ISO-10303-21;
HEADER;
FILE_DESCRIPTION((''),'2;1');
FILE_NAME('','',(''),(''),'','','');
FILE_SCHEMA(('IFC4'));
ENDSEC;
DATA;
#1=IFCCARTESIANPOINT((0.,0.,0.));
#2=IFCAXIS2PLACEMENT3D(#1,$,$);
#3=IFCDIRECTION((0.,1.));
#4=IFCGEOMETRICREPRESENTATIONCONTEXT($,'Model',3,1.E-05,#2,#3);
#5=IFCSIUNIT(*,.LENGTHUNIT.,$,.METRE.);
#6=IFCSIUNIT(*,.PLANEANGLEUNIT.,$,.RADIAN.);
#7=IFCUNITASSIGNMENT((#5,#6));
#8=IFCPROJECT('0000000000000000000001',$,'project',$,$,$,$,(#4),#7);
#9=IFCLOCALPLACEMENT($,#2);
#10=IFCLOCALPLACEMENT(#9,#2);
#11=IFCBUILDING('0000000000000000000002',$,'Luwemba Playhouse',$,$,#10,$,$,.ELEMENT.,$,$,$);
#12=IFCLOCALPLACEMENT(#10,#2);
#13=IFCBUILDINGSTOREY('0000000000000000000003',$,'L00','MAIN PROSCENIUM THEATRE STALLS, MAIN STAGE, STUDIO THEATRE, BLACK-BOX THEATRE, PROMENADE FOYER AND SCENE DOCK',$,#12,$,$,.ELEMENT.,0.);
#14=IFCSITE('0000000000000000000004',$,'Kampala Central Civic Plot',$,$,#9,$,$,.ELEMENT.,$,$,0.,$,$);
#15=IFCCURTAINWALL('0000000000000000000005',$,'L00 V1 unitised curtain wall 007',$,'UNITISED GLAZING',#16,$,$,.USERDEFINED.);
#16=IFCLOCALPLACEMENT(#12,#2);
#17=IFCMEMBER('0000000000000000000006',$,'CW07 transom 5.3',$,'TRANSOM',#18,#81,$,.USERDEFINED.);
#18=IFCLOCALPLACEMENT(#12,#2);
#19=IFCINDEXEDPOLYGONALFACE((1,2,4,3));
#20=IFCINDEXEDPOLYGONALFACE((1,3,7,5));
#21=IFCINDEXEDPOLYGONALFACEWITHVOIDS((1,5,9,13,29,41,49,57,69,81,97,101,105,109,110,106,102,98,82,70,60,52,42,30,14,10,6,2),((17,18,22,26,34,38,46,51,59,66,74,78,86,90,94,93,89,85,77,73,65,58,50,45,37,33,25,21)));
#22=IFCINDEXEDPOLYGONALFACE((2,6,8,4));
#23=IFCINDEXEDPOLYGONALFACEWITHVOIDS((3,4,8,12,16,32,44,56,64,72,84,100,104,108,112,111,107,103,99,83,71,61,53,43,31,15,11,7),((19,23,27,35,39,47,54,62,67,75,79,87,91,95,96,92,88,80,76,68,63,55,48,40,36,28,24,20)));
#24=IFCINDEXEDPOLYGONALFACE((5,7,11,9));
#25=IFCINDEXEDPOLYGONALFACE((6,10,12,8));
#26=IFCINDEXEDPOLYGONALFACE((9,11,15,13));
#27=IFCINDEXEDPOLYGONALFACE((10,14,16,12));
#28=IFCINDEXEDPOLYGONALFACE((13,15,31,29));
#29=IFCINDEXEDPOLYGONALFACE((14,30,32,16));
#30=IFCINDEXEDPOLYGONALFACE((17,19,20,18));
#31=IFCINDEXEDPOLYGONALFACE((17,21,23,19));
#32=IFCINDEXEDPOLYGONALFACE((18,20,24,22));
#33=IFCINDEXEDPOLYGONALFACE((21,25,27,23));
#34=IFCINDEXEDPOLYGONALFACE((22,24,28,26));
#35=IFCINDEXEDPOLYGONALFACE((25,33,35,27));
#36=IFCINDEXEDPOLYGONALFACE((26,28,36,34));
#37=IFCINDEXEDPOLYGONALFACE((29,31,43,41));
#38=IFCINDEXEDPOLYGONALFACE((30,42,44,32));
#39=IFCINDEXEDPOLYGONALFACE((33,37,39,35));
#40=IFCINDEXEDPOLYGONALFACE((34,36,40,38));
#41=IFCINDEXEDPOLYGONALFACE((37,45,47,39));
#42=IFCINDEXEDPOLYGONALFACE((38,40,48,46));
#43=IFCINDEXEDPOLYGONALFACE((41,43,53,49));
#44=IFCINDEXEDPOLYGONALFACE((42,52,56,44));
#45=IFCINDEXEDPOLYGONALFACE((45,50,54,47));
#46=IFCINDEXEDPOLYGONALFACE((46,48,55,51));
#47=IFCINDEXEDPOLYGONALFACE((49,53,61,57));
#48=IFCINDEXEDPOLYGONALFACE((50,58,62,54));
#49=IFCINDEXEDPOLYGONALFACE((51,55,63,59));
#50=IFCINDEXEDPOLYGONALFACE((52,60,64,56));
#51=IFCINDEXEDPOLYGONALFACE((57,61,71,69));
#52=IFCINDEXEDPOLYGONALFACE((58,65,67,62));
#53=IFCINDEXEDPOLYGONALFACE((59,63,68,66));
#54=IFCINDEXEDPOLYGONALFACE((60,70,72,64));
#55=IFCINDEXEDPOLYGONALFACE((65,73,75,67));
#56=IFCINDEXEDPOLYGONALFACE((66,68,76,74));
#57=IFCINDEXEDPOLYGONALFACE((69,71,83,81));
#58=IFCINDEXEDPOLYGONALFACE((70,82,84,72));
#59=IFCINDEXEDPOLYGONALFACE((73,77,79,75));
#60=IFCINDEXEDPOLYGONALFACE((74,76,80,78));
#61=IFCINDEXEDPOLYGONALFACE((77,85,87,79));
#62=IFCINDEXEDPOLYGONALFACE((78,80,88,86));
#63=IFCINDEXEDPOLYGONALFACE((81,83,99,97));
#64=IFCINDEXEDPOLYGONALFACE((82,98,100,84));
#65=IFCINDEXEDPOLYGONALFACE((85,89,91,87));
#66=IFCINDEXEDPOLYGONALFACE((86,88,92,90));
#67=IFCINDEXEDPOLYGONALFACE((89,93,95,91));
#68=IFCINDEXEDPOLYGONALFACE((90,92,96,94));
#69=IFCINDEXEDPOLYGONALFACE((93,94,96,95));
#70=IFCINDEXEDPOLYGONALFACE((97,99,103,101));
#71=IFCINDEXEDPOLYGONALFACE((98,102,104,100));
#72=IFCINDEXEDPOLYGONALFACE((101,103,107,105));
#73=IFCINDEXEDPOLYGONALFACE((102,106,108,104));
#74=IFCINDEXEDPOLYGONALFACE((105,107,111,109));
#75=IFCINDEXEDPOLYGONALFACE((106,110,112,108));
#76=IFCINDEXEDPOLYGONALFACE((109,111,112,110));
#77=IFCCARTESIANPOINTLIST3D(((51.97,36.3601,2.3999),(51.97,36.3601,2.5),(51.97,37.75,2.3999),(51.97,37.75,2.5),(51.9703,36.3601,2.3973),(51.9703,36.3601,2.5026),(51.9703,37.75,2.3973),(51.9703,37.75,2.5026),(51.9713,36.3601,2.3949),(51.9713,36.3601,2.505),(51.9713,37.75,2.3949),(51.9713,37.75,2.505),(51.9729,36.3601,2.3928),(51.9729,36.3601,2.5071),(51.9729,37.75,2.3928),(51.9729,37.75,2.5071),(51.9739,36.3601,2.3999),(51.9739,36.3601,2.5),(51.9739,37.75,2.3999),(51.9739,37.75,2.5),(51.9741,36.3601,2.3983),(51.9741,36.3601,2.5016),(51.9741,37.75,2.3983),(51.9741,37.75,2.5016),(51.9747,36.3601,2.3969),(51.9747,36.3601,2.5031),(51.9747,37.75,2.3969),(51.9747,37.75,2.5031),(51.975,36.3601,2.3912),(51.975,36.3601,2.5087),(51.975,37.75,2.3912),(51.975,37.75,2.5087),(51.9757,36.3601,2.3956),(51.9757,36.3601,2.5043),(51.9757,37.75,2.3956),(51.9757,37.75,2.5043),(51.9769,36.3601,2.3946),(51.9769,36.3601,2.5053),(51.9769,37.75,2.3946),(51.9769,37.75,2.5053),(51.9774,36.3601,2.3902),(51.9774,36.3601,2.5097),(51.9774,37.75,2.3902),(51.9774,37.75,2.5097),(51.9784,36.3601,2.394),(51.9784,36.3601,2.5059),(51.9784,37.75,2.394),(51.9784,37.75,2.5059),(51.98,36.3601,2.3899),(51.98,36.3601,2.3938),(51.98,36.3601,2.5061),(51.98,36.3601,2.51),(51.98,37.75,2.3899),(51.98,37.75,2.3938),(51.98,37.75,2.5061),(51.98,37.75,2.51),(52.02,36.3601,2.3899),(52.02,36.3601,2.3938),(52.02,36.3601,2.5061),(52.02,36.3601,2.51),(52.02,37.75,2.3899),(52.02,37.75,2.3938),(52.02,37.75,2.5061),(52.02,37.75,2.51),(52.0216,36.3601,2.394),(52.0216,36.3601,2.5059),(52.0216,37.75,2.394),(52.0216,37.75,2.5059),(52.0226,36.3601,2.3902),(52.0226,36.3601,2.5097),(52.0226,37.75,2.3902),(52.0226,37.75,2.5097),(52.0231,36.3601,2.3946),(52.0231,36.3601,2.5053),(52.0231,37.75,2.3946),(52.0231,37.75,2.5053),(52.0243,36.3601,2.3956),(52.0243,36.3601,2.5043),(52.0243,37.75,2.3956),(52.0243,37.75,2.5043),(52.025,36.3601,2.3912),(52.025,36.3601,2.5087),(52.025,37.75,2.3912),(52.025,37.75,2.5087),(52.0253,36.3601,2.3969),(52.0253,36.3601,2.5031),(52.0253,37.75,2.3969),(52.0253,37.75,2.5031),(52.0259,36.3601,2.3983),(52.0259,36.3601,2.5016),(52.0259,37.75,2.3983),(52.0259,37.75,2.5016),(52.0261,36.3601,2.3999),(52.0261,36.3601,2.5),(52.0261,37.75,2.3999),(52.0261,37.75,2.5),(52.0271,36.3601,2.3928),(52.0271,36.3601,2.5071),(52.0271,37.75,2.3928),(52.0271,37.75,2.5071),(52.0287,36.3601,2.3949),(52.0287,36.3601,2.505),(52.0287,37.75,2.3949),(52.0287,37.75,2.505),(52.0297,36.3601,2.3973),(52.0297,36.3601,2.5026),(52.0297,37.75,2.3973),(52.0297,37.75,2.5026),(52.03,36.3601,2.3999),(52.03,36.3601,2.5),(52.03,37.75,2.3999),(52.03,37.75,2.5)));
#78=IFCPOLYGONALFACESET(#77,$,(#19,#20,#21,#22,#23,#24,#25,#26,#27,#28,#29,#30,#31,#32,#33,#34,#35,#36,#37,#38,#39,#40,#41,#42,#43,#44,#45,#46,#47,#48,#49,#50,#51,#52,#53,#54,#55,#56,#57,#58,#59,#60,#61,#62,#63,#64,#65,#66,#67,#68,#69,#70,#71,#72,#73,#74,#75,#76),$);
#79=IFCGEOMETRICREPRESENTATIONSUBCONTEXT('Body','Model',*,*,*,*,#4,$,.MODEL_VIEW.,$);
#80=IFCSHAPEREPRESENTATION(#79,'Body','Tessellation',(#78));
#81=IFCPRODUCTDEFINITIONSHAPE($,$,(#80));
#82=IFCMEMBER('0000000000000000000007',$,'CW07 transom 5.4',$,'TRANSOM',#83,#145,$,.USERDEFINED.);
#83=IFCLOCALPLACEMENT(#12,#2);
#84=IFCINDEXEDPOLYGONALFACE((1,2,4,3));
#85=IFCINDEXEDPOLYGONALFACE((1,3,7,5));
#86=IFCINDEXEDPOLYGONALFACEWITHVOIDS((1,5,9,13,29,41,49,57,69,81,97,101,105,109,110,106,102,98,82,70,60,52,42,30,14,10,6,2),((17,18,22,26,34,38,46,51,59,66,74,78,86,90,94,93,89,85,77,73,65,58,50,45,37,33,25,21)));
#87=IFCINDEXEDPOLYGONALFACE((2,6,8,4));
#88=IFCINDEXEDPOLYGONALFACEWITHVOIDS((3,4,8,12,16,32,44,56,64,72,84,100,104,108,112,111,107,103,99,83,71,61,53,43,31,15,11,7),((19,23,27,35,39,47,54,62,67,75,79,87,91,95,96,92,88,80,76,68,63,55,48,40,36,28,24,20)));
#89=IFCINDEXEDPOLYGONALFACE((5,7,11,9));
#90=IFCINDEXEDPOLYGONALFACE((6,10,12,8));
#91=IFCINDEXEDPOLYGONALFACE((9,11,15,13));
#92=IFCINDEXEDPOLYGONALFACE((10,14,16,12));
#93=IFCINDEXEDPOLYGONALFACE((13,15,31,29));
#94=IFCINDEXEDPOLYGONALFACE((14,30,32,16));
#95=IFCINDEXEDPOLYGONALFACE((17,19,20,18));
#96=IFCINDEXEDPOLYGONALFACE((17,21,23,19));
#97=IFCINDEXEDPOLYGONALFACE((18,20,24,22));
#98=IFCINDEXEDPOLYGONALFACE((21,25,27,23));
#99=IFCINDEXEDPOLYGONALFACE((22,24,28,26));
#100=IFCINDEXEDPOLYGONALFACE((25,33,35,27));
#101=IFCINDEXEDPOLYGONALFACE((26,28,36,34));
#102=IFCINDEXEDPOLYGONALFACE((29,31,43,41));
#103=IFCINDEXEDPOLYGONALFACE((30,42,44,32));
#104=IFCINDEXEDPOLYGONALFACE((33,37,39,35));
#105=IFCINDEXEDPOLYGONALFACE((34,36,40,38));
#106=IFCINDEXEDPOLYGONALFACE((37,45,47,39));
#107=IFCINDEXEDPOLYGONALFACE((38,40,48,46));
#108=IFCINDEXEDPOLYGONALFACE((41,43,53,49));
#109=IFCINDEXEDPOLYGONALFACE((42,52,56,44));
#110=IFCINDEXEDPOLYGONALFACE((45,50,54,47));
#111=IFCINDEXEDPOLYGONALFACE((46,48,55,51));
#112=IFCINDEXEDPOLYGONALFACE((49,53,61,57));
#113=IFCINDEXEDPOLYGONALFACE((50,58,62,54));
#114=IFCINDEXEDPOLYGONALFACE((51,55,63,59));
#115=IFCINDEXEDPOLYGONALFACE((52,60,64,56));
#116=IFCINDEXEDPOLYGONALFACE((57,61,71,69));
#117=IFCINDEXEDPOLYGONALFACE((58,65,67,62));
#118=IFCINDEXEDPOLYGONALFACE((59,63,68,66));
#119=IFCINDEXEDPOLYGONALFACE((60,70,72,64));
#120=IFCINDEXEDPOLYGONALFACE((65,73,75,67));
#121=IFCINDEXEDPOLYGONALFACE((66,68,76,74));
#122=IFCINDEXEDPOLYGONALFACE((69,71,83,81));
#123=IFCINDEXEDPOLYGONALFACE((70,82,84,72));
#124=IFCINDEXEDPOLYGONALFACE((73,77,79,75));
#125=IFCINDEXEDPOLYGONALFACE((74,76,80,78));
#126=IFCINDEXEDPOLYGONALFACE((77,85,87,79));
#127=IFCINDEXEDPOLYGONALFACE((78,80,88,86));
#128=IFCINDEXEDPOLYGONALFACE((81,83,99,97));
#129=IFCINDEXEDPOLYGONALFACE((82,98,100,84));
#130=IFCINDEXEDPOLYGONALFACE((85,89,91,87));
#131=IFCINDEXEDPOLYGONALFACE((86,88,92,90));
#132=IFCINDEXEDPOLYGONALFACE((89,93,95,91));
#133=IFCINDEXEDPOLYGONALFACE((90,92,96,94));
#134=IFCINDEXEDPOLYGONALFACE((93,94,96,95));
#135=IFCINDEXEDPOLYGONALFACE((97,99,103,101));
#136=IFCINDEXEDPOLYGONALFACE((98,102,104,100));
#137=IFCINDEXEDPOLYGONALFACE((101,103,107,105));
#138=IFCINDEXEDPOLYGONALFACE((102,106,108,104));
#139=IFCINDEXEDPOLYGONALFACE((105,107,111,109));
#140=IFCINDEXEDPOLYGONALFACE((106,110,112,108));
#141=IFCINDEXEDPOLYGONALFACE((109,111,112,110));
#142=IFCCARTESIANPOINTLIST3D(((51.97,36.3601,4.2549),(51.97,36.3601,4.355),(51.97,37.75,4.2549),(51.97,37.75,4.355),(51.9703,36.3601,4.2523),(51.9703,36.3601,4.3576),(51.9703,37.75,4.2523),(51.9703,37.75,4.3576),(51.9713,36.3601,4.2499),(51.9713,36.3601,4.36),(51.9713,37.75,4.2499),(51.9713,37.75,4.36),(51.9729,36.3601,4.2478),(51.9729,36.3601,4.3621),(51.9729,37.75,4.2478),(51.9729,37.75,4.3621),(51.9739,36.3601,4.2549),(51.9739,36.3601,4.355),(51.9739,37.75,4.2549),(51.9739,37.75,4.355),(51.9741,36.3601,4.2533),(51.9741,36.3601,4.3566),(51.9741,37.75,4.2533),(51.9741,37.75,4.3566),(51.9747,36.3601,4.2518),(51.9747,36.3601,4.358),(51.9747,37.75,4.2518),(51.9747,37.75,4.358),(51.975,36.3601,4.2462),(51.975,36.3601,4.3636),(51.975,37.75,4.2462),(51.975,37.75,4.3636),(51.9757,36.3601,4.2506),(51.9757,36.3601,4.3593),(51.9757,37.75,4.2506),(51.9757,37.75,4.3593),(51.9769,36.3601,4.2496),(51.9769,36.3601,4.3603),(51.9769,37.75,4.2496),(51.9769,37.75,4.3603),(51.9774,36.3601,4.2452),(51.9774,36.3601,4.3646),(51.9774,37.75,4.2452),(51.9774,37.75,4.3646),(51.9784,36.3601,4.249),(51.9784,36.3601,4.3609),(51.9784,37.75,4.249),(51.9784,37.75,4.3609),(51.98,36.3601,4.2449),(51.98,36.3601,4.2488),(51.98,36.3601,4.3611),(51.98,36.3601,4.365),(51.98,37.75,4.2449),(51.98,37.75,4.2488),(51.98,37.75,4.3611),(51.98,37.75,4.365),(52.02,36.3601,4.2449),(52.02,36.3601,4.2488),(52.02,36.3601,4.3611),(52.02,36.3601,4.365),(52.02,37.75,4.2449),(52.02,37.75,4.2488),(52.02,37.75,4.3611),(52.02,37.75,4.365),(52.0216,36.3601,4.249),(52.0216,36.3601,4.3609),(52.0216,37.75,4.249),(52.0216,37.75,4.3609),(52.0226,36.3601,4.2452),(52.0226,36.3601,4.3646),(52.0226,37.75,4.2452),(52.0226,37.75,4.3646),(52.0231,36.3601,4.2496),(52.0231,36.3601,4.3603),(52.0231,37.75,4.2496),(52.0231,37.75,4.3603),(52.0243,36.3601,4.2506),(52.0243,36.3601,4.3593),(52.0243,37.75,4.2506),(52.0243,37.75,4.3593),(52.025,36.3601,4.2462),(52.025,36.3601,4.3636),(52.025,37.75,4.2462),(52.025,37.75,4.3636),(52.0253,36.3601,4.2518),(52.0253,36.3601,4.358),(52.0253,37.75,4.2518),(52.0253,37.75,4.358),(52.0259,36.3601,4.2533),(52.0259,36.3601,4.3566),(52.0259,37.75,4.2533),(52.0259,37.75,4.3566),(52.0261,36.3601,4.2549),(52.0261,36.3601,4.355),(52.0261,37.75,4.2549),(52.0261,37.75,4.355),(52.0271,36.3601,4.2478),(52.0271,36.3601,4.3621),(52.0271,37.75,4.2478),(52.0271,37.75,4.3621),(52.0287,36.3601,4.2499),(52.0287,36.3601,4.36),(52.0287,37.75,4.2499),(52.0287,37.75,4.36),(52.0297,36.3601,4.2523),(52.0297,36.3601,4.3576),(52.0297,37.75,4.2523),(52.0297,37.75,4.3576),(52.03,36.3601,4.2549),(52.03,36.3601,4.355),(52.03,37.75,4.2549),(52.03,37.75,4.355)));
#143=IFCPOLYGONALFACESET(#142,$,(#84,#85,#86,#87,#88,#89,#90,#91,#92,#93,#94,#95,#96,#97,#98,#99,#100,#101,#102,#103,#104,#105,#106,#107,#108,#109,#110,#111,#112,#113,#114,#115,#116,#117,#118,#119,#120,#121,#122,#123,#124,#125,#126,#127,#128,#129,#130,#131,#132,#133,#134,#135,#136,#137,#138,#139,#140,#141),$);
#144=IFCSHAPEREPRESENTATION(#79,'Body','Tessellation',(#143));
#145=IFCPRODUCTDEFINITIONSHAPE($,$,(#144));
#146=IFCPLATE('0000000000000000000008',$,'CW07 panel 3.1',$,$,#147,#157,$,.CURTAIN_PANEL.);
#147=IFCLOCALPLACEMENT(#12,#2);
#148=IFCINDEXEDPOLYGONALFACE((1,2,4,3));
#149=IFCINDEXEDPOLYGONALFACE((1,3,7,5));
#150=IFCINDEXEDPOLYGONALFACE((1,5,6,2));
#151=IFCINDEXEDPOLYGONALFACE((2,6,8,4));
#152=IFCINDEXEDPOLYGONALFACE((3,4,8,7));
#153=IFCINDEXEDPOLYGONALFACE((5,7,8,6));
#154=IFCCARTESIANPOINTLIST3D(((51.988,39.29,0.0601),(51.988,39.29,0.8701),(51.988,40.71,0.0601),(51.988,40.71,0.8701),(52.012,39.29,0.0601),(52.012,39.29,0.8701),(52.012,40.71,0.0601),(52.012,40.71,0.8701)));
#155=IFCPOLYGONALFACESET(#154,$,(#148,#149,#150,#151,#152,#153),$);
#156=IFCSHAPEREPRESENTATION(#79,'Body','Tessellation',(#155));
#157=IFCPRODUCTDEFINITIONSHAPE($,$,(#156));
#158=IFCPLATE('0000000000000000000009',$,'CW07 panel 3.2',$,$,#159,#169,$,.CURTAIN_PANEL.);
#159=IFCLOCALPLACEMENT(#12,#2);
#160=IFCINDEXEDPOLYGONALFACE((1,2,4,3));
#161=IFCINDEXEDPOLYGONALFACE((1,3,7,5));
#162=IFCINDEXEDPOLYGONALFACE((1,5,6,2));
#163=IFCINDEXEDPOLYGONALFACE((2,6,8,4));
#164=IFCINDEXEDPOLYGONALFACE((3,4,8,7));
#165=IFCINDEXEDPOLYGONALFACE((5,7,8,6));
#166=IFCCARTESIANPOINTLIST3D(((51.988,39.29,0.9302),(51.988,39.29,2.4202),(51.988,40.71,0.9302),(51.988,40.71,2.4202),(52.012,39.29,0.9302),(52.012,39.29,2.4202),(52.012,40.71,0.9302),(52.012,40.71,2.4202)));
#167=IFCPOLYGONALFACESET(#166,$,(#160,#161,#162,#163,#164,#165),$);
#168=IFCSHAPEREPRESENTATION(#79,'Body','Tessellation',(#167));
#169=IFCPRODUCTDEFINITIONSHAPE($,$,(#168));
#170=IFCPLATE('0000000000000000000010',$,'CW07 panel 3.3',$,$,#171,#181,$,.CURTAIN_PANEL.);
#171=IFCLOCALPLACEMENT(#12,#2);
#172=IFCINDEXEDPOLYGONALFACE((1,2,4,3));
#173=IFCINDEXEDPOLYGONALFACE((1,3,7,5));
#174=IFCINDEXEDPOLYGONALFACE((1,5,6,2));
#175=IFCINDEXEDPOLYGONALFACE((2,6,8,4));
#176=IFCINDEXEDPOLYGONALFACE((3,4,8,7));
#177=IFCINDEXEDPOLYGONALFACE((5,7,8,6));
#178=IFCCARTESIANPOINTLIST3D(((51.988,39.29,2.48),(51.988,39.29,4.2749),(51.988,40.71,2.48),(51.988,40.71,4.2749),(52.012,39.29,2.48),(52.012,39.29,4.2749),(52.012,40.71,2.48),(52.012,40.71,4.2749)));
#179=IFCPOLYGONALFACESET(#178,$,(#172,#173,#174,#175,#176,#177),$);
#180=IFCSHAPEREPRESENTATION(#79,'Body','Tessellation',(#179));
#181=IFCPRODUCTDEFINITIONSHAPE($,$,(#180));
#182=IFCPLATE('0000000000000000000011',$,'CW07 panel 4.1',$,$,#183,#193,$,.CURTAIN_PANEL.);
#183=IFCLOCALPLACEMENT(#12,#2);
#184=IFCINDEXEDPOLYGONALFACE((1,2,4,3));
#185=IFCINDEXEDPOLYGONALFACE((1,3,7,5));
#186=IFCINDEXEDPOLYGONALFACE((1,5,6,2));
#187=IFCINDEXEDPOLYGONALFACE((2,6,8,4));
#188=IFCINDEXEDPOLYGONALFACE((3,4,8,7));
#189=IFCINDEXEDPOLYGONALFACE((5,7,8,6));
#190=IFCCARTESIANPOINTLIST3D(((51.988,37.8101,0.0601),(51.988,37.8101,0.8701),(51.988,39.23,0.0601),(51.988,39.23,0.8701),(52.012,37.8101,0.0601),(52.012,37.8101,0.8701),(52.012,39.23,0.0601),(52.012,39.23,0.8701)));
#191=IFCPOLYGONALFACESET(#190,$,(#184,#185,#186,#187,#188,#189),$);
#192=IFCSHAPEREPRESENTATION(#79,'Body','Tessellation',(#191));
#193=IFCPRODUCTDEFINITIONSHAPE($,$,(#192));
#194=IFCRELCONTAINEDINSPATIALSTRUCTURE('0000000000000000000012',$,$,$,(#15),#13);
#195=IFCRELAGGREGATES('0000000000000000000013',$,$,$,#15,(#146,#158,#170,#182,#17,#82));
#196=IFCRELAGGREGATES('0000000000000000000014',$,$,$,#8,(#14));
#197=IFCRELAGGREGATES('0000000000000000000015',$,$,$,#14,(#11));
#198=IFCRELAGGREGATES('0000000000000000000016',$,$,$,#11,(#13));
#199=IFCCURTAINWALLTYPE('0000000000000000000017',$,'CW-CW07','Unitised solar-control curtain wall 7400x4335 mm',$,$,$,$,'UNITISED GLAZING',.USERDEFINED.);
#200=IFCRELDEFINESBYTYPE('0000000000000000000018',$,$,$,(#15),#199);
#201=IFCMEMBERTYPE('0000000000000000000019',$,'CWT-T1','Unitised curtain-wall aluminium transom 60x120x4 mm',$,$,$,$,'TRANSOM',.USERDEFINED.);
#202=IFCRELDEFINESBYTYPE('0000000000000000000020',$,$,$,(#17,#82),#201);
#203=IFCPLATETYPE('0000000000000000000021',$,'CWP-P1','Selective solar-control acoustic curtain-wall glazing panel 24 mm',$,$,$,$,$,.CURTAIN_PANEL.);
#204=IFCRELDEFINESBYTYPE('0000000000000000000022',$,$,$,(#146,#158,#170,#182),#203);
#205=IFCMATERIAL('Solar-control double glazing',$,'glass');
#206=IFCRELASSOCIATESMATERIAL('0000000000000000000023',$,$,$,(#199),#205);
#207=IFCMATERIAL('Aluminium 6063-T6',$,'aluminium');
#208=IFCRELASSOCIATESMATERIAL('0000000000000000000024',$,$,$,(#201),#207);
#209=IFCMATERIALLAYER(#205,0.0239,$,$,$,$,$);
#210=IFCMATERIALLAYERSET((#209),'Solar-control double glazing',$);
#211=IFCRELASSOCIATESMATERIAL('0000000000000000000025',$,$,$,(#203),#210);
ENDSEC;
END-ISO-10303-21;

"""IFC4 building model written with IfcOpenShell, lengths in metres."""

from ifc_helpers import new_model, si_unit, direction, frame, origin, origin_2d, place, context, subcontext, project, spatial, rectangle, hollow_rectangle, extrude, material, layer, layer_set, material_profile, profile_set, type_object, element, aggregate, save


model = new_model("IFC4")

# Units and contexts
model_context = context("Model", 3, precision=1e-05, world=origin(), true_north=direction((0.0, 1.0)))
body_context = subcontext(model_context, "Body", "Model", "MODEL_VIEW")
ifc_project = project(units=[si_unit("LENGTHUNIT", "METRE"), si_unit("PLANEANGLEUNIT", "RADIAN")], contexts=[model_context])

# Site, building, storey
site_placement = place(None, origin())
site = spatial("IfcSite", under=ifc_project, at=site_placement, Name="Kampala Central Civic Plot", CompositionType="ELEMENT", RefElevation=0.0)
building_placement = place(site_placement, origin())
building = spatial("IfcBuilding", under=site, at=building_placement, Name="Luwemba Playhouse", CompositionType="ELEMENT")
storey_placement = place(building_placement, origin())
storey = spatial("IfcBuildingStorey", under=building, at=storey_placement, Name="L00", Description="MAIN PROSCENIUM THEATRE STALLS, MAIN STAGE, STUDIO THEATRE, BLACK-BOX THEATRE, PROMENADE FOYER AND SCENE DOCK", CompositionType="ELEMENT", Elevation=0.0)

# Curtain wall, members, plates
ifc_material_1 = material(Name="Solar-control double glazing", Category="glass")
curtain_wall_type = type_object("IfcCurtainWallType", Name="CW-CW07", Description="Unitised solar-control curtain wall 7400x4335 mm", ElementType="UNITISED GLAZING", PredefinedType="USERDEFINED", material=ifc_material_1)
curtain_wall_placement = place(storey_placement, origin())
curtain_wall = element("IfcCurtainWall", 1, at=curtain_wall_placement, inside=storey, type_object=curtain_wall_type, Name="L00 V1 unitised curtain wall 007", ObjectType="UNITISED GLAZING", PredefinedType="USERDEFINED")
ifc_material_2 = material(Name="Aluminium 6063-T6", Category="aluminium")
ifc_material_profile_1 = material_profile(ifc_material_2, hollow_rectangle(XDim=0.0601, YDim=0.1201, WallThickness=0.0039, InnerFilletRadius=0.0061, OuterFilletRadius=0.01, at=origin_2d()))
ifc_profile_set_1 = profile_set([ifc_material_profile_1], Name="Aluminium 6063-T6")
member_type_1 = type_object("IfcMemberType", Name="CWT-T1", Description="Unitised curtain-wall aluminium transom 60x120x4 mm", ElementType="TRANSOM", PredefinedType="USERDEFINED", material=ifc_profile_set_1)
member_1_placement = place(storey_placement, frame((52.0, 37.75, 2.45), z_axis=(0.0, -1.0, 0.0), x_axis=(1.0, 0.0, 0.0)))
member_1 = element("IfcMember", 2, at=member_1_placement, type_object=member_type_1, Name="CW07 transom 5.3", ObjectType="TRANSOM", PredefinedType="USERDEFINED", context=body_context, shape_type="SweptSolid", body=[
    extrude(hollow_rectangle(XDim=0.0601, YDim=0.1201, WallThickness=0.0039, InnerFilletRadius=0.0061, OuterFilletRadius=0.01, at=origin_2d()), origin(), (0.0, 0.0, 1.0), 1.3899),
])
member_2_placement = place(storey_placement, frame((52.0, 37.75, 4.3049), z_axis=(0.0, -1.0, 0.0), x_axis=(1.0, 0.0, 0.0)))
member_2 = element("IfcMember", 3, at=member_2_placement, type_object=member_type_1, Name="CW07 transom 5.4", ObjectType="TRANSOM", PredefinedType="USERDEFINED", context=body_context, shape_type="SweptSolid", body=[
    extrude(hollow_rectangle(XDim=0.0601, YDim=0.1201, WallThickness=0.0039, InnerFilletRadius=0.0061, OuterFilletRadius=0.01, at=origin_2d()), origin(), (0.0, 0.0, 1.0), 1.3899),
])
ifc_layer_1 = layer(ifc_material_1, 0.0239)
ifc_layer_set_1 = layer_set([ifc_layer_1], Name="Solar-control double glazing")
plate_type = type_object("IfcPlateType", Name="CWP-P1", Description="Selective solar-control acoustic curtain-wall glazing panel 24 mm", PredefinedType="CURTAIN_PANEL", material=ifc_layer_set_1)
plate_1_placement = place(storey_placement, frame((52.0, 40.0, 0.0601), z_axis=(0.0, 0.0, 1.0), x_axis=(0.0, -1.0, 0.0)))
plate_1 = element("IfcPlate", 4, at=plate_1_placement, type_object=plate_type, Name="CW07 panel 3.1", PredefinedType="CURTAIN_PANEL", context=body_context, shape_type="SweptSolid", body=[
    extrude(rectangle(XDim=1.4199, YDim=0.0239, at=origin_2d()), origin(), (0.0, 0.0, 1.0), 0.8101),
])
plate_2_placement = place(storey_placement, frame((52.0, 40.0, 0.9302), z_axis=(0.0, 0.0, 1.0), x_axis=(0.0, -1.0, 0.0)))
plate_2 = element("IfcPlate", 5, at=plate_2_placement, type_object=plate_type, Name="CW07 panel 3.2", PredefinedType="CURTAIN_PANEL", context=body_context, shape_type="SweptSolid", body=[
    extrude(rectangle(XDim=1.4199, YDim=0.0239, at=origin_2d()), origin(), (0.0, 0.0, 1.0), 1.49),
])
plate_3_placement = place(storey_placement, frame((52.0, 40.0, 2.48), z_axis=(0.0, 0.0, 1.0), x_axis=(0.0, -1.0, 0.0)))
plate_3 = element("IfcPlate", 6, at=plate_3_placement, type_object=plate_type, Name="CW07 panel 3.3", PredefinedType="CURTAIN_PANEL", context=body_context, shape_type="SweptSolid", body=[
    extrude(rectangle(XDim=1.4199, YDim=0.0239, at=origin_2d()), origin(), (0.0, 0.0, 1.0), 1.7949),
])
plate_4_placement = place(storey_placement, frame((52.0, 38.52, 0.0601), z_axis=(0.0, 0.0, 1.0), x_axis=(0.0, -1.0, 0.0)))
plate_4 = element("IfcPlate", 7, at=plate_4_placement, type_object=plate_type, Name="CW07 panel 4.1", PredefinedType="CURTAIN_PANEL", context=body_context, shape_type="SweptSolid", body=[
    extrude(rectangle(XDim=1.4199, YDim=0.0239, at=origin_2d()), origin(), (0.0, 0.0, 1.0), 0.8101),
])
aggregate(curtain_wall, [plate_1, plate_2, plate_3, plate_4, member_1, member_2])

save(model, "model.ifc")
